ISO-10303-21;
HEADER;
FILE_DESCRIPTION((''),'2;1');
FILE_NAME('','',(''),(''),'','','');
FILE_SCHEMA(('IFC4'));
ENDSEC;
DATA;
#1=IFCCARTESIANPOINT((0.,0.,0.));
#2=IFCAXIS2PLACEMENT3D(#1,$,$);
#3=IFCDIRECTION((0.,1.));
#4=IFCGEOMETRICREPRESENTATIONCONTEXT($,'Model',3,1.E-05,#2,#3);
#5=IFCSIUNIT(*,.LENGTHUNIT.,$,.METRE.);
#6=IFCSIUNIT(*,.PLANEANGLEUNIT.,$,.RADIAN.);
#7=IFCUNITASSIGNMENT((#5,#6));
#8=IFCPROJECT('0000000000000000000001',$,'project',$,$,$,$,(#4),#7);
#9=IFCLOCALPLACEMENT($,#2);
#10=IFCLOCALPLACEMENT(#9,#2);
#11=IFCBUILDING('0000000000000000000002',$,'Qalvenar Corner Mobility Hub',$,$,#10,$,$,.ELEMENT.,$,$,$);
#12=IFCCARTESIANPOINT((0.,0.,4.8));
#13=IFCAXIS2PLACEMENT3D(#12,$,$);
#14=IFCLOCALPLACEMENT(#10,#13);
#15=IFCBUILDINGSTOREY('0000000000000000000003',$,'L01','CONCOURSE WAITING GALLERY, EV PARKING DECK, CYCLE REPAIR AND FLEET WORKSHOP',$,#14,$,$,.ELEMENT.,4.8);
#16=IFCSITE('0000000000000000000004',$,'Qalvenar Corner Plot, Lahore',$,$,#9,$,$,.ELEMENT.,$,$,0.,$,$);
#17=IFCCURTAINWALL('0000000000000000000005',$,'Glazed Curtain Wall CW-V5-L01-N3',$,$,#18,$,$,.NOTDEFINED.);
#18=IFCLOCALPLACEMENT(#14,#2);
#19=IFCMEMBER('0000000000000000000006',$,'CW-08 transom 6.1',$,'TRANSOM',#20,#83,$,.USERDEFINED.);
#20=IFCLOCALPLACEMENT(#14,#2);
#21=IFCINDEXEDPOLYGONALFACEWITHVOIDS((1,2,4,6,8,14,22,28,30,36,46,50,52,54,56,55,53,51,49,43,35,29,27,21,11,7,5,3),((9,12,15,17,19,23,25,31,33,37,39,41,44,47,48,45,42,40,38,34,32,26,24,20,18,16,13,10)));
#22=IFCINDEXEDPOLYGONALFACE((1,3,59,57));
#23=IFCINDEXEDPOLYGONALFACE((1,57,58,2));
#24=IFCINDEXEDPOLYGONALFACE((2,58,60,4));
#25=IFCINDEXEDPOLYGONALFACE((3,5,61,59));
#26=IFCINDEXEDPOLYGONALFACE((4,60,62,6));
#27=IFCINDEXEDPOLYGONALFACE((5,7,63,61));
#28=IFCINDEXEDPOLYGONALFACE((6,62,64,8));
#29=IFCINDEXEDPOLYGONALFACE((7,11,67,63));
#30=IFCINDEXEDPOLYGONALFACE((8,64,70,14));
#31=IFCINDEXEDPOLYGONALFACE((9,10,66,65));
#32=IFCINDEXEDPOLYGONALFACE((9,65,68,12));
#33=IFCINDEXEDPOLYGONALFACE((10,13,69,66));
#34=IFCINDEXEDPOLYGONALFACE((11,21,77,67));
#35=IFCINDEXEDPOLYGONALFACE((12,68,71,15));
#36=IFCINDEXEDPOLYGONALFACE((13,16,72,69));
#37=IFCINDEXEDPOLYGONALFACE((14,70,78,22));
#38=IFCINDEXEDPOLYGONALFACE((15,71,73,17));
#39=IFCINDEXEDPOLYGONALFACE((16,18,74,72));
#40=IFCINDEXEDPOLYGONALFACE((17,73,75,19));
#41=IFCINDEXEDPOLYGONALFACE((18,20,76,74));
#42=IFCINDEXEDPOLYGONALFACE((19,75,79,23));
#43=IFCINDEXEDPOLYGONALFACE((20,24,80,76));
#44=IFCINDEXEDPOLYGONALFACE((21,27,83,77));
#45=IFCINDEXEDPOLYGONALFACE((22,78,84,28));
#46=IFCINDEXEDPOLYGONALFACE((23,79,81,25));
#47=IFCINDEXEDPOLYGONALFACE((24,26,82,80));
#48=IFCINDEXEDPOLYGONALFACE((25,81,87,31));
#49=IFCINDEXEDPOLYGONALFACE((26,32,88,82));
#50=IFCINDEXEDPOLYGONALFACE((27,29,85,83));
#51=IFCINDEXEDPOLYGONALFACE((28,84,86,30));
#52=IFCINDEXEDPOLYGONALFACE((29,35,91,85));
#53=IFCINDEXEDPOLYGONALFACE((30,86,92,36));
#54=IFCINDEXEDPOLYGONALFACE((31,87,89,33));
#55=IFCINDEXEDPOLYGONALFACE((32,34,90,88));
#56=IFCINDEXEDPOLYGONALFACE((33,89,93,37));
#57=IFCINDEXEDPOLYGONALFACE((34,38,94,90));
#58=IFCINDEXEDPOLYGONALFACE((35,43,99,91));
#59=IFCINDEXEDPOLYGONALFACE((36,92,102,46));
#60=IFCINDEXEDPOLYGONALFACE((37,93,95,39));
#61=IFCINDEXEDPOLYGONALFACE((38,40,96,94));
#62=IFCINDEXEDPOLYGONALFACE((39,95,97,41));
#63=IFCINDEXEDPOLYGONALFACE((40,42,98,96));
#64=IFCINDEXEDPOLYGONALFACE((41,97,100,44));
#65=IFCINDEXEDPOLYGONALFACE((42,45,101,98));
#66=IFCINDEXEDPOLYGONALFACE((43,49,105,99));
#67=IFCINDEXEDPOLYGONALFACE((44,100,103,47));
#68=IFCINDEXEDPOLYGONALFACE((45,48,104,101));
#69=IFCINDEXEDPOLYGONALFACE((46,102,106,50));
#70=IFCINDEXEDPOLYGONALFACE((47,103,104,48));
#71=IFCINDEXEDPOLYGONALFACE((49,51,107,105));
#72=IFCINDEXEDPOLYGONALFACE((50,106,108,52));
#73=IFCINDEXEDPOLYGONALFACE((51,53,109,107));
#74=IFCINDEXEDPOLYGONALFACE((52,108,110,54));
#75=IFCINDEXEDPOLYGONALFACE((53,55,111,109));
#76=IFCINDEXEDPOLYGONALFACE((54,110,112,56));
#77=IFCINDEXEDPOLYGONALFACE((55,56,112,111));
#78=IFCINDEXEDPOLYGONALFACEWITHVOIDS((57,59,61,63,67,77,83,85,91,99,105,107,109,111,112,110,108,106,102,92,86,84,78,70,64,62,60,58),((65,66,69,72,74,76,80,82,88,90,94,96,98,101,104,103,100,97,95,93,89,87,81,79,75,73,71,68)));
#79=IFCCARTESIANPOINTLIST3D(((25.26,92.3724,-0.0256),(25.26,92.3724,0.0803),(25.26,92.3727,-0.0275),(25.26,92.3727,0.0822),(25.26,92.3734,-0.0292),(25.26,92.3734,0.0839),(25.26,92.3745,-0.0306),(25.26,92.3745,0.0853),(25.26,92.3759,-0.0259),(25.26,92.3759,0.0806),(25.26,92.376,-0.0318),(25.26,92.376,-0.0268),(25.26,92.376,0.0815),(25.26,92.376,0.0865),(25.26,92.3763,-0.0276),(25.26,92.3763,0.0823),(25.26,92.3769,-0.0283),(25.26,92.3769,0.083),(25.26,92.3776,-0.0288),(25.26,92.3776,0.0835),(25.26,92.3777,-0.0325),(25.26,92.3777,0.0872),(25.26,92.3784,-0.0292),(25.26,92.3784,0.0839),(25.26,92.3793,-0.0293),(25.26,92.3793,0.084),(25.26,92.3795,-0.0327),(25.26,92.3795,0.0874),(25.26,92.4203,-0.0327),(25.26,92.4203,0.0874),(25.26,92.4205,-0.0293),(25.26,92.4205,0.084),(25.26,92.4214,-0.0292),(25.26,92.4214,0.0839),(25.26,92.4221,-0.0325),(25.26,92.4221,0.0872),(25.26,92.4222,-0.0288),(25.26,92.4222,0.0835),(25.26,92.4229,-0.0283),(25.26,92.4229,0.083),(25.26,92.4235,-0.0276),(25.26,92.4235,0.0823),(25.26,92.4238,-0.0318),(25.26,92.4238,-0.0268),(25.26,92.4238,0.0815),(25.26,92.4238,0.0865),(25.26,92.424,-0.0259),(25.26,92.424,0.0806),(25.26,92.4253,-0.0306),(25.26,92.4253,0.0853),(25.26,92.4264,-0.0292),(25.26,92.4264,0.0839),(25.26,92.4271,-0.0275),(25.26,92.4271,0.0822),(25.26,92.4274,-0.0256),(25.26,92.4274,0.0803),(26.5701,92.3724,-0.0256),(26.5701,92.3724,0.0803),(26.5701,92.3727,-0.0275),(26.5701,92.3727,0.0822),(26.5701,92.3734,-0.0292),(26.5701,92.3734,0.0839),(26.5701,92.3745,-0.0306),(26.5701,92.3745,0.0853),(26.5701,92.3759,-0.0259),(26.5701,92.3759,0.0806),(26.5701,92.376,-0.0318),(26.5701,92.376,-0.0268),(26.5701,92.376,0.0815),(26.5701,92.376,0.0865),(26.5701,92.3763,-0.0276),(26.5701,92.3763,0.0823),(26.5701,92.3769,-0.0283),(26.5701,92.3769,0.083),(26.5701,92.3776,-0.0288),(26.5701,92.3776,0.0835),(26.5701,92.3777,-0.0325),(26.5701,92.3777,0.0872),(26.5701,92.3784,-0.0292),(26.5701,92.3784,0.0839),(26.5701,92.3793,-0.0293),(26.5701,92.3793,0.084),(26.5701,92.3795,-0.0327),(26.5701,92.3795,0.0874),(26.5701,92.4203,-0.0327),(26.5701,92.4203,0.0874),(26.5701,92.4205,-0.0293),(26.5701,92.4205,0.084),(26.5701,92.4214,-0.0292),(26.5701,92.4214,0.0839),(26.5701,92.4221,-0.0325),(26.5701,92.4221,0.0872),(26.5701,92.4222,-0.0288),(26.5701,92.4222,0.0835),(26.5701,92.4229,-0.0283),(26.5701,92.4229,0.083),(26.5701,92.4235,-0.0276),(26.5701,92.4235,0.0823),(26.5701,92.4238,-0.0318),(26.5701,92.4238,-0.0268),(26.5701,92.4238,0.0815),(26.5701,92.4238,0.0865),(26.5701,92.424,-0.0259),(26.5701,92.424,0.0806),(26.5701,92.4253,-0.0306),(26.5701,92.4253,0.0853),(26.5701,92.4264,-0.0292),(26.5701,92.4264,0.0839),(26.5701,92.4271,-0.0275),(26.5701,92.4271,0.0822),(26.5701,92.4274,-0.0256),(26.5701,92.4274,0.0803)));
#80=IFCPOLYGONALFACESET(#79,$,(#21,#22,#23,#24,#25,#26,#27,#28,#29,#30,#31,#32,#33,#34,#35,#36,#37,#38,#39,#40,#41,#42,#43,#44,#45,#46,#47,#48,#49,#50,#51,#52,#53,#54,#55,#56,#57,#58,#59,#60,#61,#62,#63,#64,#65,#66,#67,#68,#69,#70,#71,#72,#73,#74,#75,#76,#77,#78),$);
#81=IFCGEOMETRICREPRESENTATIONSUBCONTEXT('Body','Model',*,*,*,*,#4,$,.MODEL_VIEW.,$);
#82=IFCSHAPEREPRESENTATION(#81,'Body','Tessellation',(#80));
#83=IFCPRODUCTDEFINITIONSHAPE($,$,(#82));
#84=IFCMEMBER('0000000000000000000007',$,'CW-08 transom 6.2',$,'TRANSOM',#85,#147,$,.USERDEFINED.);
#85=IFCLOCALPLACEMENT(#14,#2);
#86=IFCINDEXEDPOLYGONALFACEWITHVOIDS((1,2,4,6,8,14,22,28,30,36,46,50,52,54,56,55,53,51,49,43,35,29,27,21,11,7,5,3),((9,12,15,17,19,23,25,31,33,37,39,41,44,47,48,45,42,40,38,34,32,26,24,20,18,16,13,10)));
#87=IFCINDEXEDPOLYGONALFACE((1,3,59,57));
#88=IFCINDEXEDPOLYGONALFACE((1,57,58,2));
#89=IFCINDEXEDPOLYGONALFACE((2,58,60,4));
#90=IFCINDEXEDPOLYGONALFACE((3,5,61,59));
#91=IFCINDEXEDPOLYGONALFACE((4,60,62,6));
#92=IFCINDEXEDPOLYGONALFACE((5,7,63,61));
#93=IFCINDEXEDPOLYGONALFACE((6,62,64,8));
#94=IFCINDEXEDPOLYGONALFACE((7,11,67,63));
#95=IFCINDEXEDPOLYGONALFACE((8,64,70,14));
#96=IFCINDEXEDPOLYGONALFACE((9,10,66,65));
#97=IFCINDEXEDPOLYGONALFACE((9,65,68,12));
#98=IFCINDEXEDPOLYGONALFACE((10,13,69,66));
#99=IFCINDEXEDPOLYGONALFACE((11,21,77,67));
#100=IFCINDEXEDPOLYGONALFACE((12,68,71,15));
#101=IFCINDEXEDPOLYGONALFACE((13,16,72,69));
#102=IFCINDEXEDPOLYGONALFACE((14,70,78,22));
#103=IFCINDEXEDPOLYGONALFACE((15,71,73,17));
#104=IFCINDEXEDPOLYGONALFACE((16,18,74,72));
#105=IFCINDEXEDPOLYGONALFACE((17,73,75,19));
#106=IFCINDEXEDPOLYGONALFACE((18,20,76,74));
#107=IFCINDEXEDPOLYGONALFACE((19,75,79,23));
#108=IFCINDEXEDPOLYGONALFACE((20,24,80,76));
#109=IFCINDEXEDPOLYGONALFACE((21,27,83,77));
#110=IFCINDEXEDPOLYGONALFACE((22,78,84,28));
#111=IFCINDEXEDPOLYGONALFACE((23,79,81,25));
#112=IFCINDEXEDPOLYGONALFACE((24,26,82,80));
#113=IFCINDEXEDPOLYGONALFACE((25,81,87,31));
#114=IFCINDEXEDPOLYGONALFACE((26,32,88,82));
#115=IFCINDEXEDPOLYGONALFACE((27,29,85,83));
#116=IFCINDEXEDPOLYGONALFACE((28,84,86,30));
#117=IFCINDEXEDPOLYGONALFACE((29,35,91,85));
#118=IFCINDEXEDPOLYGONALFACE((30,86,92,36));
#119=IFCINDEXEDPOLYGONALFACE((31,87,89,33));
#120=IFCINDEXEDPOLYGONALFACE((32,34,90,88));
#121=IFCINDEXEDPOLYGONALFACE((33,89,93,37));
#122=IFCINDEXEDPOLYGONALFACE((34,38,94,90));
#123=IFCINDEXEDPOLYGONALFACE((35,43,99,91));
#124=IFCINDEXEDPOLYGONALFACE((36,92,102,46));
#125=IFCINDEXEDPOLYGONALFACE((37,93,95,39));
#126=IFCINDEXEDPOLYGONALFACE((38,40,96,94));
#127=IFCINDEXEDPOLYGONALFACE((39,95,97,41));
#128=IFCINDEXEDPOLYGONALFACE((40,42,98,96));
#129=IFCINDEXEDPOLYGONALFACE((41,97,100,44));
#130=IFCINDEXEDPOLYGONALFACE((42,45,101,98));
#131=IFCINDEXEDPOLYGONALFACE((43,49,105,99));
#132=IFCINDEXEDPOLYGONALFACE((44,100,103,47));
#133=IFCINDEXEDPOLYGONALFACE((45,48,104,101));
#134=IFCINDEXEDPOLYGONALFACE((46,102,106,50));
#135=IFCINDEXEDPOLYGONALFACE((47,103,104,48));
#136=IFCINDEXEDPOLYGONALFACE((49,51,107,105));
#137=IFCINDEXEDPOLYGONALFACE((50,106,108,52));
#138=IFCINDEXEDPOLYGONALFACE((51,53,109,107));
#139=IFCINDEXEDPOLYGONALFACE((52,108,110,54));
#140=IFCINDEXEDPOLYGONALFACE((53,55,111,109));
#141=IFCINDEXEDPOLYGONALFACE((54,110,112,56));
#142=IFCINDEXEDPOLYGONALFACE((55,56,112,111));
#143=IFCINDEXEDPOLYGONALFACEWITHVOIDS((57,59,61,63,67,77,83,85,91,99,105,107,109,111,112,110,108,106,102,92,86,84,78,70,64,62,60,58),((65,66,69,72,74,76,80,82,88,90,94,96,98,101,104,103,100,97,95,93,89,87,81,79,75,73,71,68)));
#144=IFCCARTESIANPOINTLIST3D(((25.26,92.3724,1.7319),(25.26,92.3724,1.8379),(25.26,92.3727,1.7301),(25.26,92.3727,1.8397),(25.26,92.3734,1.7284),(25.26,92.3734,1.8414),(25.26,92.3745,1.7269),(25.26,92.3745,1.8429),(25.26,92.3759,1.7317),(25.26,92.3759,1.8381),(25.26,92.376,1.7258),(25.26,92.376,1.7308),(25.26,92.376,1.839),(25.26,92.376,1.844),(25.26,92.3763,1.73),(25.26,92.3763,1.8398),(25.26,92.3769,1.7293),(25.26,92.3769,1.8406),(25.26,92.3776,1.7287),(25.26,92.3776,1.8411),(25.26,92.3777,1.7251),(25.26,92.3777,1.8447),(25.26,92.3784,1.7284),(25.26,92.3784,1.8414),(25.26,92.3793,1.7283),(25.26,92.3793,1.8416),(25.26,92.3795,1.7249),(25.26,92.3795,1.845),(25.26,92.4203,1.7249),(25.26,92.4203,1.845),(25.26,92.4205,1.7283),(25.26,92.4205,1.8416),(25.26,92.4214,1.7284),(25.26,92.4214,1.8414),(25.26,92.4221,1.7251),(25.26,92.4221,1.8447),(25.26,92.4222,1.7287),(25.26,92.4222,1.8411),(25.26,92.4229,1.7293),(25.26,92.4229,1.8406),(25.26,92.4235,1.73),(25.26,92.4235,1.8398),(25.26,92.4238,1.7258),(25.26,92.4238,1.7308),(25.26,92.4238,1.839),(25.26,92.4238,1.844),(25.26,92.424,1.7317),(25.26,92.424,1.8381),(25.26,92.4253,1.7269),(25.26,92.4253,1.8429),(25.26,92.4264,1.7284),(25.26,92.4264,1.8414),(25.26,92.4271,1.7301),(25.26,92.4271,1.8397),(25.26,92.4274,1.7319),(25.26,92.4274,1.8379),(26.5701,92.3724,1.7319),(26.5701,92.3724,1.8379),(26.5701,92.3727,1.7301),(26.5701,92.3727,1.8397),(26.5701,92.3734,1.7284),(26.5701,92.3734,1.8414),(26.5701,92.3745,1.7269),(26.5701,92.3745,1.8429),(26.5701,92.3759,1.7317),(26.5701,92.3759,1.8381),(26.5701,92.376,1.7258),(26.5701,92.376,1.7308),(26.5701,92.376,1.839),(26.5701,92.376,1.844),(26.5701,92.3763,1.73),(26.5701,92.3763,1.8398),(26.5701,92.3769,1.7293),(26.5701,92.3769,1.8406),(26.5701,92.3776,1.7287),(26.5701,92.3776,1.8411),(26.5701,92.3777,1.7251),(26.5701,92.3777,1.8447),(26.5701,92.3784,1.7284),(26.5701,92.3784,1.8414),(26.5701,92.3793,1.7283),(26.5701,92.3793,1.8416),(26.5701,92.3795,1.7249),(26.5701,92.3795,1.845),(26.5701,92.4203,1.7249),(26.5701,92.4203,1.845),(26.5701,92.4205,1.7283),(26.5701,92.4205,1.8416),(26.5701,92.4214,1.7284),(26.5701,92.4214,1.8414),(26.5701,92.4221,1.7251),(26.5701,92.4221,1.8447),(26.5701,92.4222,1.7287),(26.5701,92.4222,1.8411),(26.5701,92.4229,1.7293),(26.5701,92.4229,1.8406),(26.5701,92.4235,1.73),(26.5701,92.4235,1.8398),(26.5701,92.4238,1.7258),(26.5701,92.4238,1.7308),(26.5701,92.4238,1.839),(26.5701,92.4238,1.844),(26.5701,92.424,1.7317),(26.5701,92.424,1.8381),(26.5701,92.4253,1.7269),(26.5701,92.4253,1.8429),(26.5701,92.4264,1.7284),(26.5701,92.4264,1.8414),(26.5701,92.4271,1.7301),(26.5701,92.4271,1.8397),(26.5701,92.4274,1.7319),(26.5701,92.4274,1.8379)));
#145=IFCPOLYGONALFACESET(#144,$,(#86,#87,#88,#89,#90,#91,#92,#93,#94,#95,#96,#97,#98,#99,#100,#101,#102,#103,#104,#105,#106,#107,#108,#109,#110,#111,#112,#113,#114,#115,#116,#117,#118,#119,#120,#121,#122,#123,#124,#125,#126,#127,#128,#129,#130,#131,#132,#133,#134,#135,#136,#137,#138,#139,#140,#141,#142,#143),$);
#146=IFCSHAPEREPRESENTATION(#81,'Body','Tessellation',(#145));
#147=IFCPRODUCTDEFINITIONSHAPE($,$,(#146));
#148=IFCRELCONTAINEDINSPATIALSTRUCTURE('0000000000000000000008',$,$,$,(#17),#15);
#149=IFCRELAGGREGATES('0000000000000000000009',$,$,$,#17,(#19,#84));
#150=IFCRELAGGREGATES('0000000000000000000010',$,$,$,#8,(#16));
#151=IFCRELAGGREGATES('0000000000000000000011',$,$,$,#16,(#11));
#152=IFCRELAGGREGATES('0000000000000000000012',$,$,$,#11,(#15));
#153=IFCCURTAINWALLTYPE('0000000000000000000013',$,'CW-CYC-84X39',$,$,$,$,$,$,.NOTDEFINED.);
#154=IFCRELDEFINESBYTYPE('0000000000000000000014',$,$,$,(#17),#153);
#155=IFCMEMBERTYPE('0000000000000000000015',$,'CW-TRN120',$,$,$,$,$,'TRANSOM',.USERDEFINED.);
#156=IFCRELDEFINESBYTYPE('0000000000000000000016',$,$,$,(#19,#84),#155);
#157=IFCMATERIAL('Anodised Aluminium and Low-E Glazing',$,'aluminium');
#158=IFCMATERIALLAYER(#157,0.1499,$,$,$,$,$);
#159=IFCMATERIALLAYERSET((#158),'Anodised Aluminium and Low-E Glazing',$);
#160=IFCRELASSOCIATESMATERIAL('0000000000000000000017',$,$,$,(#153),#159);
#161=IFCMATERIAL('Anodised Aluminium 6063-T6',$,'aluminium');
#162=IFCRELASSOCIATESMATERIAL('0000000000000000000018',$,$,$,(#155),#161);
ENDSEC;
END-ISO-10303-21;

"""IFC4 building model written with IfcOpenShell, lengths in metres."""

from ifc_helpers import new_model, si_unit, direction, frame, origin, origin_2d, place, context, subcontext, project, spatial, hollow_rectangle, extrude, material, layer, layer_set, material_profile, profile_set, type_object, element, aggregate, save


model = new_model("IFC4")

# Units and contexts
model_context = context("Model", 3, precision=1e-05, world=origin(), true_north=direction((0.0, 1.0)))
body_context = subcontext(model_context, "Body", "Model", "MODEL_VIEW")
ifc_project = project(units=[si_unit("LENGTHUNIT", "METRE"), si_unit("PLANEANGLEUNIT", "RADIAN")], contexts=[model_context])

# Site, building, storey
site_placement = place(None, origin())
site = spatial("IfcSite", under=ifc_project, at=site_placement, Name="Qalvenar Corner Plot, Lahore", CompositionType="ELEMENT", RefElevation=0.0)
building_placement = place(site_placement, origin())
building = spatial("IfcBuilding", under=site, at=building_placement, Name="Qalvenar Corner Mobility Hub", CompositionType="ELEMENT")
storey_placement = place(building_placement, frame((0.0, 0.0, 4.8)))
storey = spatial("IfcBuildingStorey", under=building, at=storey_placement, Name="L01", Description="CONCOURSE WAITING GALLERY, EV PARKING DECK, CYCLE REPAIR AND FLEET WORKSHOP", CompositionType="ELEMENT", Elevation=4.8)

# Shared definitions
ifc_material_1 = material(Name="Anodised Aluminium and Low-E Glazing", Category="aluminium")
ifc_layer_1 = layer(ifc_material_1, 0.1499)
ifc_layer_set_1 = layer_set([ifc_layer_1], Name="Anodised Aluminium and Low-E Glazing")
curtain_wall_type = type_object("IfcCurtainWallType", Name="CW-CYC-84X39", PredefinedType="NOTDEFINED", material=ifc_layer_set_1)
ifc_material_2 = material(Name="Anodised Aluminium 6063-T6", Category="aluminium")

# Curtain wall
curtain_wall_1_placement = place(storey_placement, origin())
curtain_wall_1 = element("IfcCurtainWall", 1, at=curtain_wall_1_placement, inside=storey, type_object=curtain_wall_type, Name="Glazed Curtain Wall CW-V5-L01-N3", PredefinedType="NOTDEFINED")

# Members
ifc_material_profile_1 = material_profile(ifc_material_2, hollow_rectangle(XDim=0.0549, YDim=0.1201, WallThickness=0.0034, InnerFilletRadius=0.0034, OuterFilletRadius=0.0071, at=origin_2d()), Name="RHS120x55x3.5")
ifc_profile_set_1 = profile_set([ifc_material_profile_1], Name="Anodised Aluminium 6063-T6")
member_type_1 = type_object("IfcMemberType", Name="CW-TRN120", ElementType="TRANSOM", PredefinedType="USERDEFINED", material=ifc_profile_set_1)
member_1_placement = place(storey_placement, frame((26.5701, 92.3999, 0.0273), z_axis=(-1.0, 0.0, 0.0), x_axis=(0.0, -1.0, 0.0)))
member_1 = element("IfcMember", 2, at=member_1_placement, type_object=member_type_1, Name="CW-08 transom 6.1", ObjectType="TRANSOM", PredefinedType="USERDEFINED", context=body_context, shape_type="SweptSolid", body=[
    extrude(hollow_rectangle(XDim=0.0549, YDim=0.1201, WallThickness=0.0034, InnerFilletRadius=0.0034, OuterFilletRadius=0.0071, at=origin_2d()), origin(), (0.0, 0.0, 1.0), 1.3101),
])
member_2_placement = place(storey_placement, frame((26.5701, 92.3999, 1.7849), z_axis=(-1.0, 0.0, 0.0), x_axis=(0.0, -1.0, 0.0)))
member_2 = element("IfcMember", 3, at=member_2_placement, type_object=member_type_1, Name="CW-08 transom 6.2", ObjectType="TRANSOM", PredefinedType="USERDEFINED", context=body_context, shape_type="SweptSolid", body=[
    extrude(hollow_rectangle(XDim=0.0549, YDim=0.1201, WallThickness=0.0034, InnerFilletRadius=0.0034, OuterFilletRadius=0.0071, at=origin_2d()), origin(), (0.0, 0.0, 1.0), 1.3101),
])

aggregate(curtain_wall_1, [member_1, member_2])

save(model, "model.ifc")
